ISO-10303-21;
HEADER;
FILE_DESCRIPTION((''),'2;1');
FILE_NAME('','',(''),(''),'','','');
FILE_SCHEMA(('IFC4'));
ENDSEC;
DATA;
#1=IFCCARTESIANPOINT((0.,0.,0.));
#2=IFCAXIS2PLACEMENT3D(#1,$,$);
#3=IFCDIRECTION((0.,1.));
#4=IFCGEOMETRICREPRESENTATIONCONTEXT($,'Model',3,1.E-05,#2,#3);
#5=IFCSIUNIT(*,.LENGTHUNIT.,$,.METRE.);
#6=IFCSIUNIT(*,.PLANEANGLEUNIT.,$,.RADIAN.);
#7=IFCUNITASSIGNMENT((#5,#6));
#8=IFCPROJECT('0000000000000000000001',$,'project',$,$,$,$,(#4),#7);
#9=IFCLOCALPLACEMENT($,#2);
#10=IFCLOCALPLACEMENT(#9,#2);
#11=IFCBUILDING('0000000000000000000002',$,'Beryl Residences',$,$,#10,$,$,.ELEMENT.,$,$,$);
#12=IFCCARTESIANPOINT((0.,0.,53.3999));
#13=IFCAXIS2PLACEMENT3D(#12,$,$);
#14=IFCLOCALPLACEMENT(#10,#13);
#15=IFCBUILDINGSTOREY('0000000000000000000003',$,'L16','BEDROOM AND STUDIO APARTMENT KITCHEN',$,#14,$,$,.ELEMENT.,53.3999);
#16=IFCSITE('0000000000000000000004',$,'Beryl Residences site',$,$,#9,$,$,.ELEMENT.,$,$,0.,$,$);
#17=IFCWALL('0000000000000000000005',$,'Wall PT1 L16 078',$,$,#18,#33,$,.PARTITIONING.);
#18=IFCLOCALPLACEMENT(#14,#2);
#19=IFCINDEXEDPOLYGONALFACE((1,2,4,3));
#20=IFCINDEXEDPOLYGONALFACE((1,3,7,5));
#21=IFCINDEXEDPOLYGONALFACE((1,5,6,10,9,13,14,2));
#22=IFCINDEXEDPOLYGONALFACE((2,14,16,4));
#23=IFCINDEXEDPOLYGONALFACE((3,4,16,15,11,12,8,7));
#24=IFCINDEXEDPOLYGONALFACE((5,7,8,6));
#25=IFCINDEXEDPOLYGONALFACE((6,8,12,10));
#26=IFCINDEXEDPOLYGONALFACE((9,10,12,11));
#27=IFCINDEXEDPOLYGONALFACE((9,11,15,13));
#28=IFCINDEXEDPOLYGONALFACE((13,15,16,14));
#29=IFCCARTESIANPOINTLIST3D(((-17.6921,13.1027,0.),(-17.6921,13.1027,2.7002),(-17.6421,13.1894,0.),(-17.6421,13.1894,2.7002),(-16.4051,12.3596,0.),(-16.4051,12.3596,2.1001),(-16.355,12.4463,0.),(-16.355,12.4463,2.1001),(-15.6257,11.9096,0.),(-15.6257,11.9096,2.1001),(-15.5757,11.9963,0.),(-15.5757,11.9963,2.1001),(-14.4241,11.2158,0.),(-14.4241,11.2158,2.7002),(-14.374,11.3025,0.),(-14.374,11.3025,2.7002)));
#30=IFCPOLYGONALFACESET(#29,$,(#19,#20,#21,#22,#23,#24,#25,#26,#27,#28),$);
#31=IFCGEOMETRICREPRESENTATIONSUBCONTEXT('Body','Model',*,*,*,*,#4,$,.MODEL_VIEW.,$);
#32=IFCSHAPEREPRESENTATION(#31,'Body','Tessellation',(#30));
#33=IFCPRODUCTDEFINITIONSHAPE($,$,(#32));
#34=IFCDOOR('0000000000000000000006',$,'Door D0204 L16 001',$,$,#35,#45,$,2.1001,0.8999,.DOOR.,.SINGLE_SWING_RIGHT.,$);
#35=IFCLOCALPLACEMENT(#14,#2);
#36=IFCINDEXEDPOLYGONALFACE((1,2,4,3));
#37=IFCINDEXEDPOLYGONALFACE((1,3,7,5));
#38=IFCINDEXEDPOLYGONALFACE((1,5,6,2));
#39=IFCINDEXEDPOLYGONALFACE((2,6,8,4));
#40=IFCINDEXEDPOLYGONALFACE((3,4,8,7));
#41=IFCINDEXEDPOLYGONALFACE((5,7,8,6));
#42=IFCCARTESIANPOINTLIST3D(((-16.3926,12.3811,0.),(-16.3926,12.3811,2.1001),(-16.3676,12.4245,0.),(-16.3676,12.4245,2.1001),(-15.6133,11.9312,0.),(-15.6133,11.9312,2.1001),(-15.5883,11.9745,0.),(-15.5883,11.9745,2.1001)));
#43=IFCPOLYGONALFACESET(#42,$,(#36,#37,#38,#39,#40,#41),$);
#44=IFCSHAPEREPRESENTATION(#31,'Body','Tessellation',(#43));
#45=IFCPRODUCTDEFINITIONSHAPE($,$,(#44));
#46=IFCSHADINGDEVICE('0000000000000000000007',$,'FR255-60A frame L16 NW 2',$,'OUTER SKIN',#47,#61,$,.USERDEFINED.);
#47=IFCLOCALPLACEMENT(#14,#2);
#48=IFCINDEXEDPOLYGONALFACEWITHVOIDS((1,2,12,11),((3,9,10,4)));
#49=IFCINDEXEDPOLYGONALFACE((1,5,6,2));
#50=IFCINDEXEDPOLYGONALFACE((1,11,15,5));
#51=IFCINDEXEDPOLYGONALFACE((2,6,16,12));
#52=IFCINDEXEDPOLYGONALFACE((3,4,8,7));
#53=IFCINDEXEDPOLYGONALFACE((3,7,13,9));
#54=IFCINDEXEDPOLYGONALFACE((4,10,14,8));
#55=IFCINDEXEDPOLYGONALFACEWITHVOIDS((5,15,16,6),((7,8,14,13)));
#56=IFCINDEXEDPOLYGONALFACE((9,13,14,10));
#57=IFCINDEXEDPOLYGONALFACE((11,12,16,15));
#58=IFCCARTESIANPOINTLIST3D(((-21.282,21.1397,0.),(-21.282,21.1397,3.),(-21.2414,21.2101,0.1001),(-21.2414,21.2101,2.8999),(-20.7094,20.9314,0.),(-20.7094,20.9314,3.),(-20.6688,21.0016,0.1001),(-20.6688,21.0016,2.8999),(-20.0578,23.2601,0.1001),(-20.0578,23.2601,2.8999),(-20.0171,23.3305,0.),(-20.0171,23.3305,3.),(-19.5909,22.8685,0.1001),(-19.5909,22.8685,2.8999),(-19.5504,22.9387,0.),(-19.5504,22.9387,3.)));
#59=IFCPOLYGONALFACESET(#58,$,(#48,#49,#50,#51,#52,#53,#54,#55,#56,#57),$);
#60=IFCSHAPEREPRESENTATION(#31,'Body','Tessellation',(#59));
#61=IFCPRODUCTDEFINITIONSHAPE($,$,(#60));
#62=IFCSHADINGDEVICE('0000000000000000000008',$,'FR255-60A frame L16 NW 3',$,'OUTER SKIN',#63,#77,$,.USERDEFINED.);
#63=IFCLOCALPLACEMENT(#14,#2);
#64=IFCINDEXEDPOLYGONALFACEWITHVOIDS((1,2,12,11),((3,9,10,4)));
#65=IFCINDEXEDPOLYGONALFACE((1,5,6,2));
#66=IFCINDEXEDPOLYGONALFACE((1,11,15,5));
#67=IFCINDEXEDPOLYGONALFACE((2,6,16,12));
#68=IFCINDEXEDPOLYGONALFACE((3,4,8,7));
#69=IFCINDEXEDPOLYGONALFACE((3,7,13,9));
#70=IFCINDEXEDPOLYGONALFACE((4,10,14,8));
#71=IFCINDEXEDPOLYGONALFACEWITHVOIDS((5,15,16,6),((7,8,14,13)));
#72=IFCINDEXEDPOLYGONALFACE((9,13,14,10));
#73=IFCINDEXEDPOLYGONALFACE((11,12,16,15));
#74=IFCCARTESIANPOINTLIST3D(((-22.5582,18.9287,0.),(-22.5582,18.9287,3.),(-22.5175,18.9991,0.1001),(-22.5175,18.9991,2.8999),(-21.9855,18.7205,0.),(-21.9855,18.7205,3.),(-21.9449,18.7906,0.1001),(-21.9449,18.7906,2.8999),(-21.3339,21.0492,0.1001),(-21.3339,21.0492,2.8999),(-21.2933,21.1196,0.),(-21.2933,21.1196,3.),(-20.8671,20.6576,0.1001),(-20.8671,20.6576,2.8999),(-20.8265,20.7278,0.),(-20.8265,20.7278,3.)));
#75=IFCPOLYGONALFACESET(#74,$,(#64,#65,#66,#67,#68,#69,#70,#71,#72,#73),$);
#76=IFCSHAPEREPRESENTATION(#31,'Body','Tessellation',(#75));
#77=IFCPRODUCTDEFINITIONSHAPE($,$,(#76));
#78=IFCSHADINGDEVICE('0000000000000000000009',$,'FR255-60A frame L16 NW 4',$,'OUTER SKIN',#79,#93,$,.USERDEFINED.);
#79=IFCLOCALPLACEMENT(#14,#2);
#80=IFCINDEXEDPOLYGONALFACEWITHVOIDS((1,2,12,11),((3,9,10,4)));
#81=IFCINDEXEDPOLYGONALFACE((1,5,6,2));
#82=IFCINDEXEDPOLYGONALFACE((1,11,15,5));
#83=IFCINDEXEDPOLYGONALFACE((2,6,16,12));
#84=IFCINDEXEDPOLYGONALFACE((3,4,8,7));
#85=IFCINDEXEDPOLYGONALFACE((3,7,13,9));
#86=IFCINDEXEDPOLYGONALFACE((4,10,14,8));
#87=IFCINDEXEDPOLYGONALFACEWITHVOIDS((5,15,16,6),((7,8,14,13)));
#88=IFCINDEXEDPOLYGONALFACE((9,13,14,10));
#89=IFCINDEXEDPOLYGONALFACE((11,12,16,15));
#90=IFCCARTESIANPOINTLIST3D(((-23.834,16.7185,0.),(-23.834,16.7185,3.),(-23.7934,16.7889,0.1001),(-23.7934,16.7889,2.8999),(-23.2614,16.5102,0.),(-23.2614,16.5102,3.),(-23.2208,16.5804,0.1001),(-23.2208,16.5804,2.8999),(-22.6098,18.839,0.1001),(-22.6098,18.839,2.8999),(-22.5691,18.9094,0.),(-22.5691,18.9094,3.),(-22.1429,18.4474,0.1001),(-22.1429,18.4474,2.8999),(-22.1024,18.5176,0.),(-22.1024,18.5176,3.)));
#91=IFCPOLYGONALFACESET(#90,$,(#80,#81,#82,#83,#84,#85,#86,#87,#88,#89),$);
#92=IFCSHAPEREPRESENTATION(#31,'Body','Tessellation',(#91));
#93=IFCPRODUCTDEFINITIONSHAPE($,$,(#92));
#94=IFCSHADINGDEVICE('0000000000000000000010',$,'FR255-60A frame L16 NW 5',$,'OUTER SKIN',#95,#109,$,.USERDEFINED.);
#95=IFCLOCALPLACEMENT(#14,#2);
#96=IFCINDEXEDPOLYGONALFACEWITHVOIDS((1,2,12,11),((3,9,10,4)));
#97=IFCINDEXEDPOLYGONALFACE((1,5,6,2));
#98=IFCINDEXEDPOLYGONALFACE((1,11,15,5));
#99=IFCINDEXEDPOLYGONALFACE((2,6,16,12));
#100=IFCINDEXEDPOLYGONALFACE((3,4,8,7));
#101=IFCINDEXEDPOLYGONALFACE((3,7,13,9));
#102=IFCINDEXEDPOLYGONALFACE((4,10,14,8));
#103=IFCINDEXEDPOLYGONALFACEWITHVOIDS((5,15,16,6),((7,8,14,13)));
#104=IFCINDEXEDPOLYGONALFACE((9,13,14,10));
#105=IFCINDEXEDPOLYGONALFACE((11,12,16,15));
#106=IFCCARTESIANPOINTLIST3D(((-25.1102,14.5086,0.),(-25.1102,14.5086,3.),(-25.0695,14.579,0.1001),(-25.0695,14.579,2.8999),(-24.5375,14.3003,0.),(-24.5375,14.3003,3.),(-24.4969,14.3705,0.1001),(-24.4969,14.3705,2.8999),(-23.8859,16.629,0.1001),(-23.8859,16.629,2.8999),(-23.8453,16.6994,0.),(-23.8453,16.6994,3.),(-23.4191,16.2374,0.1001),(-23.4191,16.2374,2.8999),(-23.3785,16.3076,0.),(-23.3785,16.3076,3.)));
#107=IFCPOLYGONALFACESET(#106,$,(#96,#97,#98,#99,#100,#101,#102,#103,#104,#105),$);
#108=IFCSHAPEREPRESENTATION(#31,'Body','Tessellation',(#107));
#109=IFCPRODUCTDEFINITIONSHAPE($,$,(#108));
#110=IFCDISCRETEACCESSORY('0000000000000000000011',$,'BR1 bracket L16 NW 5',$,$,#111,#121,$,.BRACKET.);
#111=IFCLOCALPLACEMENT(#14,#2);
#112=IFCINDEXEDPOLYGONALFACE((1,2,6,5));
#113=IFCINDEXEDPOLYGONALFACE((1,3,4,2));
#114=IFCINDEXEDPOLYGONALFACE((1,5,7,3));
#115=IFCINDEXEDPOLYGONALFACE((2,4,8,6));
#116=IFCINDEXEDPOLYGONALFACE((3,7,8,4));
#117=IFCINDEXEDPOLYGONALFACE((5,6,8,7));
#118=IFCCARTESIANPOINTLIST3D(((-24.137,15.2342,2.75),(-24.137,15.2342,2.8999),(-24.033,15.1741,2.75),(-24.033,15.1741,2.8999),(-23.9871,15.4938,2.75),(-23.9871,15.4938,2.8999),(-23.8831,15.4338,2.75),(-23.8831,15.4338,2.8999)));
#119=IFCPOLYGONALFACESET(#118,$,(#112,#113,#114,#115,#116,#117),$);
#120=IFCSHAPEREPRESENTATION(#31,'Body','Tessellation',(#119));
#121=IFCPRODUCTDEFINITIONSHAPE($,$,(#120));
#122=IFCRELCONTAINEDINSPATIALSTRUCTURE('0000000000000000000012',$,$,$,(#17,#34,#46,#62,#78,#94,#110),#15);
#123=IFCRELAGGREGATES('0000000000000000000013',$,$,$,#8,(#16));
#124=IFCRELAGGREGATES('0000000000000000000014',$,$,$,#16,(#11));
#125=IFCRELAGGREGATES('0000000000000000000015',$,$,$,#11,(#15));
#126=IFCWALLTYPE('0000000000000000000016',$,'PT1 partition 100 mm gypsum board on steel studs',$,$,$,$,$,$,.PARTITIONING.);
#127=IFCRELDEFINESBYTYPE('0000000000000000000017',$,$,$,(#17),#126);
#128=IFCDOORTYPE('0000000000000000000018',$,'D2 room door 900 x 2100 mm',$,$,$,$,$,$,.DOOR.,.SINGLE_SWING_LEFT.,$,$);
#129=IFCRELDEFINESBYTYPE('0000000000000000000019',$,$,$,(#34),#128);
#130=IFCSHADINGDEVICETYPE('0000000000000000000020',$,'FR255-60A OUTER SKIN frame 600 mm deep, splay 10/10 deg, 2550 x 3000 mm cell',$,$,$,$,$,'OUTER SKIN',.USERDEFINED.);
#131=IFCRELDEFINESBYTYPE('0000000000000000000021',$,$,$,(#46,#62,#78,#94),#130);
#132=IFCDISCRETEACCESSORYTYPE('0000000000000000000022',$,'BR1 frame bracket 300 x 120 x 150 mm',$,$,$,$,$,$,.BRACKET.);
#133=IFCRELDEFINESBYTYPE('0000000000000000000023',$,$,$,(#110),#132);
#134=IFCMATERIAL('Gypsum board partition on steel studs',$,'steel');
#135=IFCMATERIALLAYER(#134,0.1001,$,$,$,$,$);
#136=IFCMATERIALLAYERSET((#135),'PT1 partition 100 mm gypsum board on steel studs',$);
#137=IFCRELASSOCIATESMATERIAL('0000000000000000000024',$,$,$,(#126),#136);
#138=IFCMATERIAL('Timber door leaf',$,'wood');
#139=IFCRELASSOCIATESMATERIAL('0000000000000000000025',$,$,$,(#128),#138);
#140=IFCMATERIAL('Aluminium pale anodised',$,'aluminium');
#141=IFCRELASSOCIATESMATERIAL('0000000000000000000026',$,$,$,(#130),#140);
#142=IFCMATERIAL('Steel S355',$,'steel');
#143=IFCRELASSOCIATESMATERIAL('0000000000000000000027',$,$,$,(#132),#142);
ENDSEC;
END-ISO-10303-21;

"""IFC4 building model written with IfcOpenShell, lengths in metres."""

from ifc_helpers import new_model, entity, si_unit, direction, frame, frame_2d, origin, place, context, subcontext, project, spatial, polyline, rectangle, outline, extrude, source, transform, mapped, material, layer, layer_set, type_object, type_shapes, element, fill, save


model = new_model("IFC4")

# Units and contexts
model_context = context("Model", 3, precision=1e-05, world=origin(), true_north=direction((0.0, 1.0)))
body_context = subcontext(model_context, "Body", "Model", "MODEL_VIEW")
ifc_project = project(units=[si_unit("LENGTHUNIT", "METRE"), si_unit("PLANEANGLEUNIT", "RADIAN")], contexts=[model_context])

# Site, building, storey
site_placement = place(None, origin())
site = spatial("IfcSite", under=ifc_project, at=site_placement, Name="Beryl Residences site", CompositionType="ELEMENT", RefElevation=0.0)
building_placement = place(site_placement, origin())
building = spatial("IfcBuilding", under=site, at=building_placement, Name="Beryl Residences", CompositionType="ELEMENT")
storey_placement = place(building_placement, frame((0.0, 0.0, 53.3999)))
storey = spatial("IfcBuildingStorey", under=building, at=storey_placement, Name="L16", Description="BEDROOM AND STUDIO APARTMENT KITCHEN", CompositionType="ELEMENT", Elevation=53.3999)

# Wall, opening, door
ifc_material_1 = material(Name="Gypsum board partition on steel studs", Category="steel")
ifc_layer = layer(ifc_material_1, 0.1001)
ifc_layer_set = layer_set([ifc_layer], Name="PT1 partition 100 mm gypsum board on steel studs")
wall_type = type_object("IfcWallType", Name="PT1 partition 100 mm gypsum board on steel studs", PredefinedType="PARTITIONING", material=ifc_layer_set)
ifc_material_2 = material(Name="Timber door leaf", Category="wood")
door_type_1 = type_object("IfcDoorType", Name="D2 room door 900 x 2100 mm", OperationType="SINGLE_SWING_LEFT", PredefinedType="DOOR", material=ifc_material_2)
wall_1_placement = place(storey_placement, frame((-17.667, 13.146, 0.0), z_axis=(0.0, 0.0, 1.0), x_axis=(0.866009, -0.500029, 0.0)))
wall_1 = element("IfcWall", 1, at=wall_1_placement, inside=storey, type_object=wall_type, Name="Wall PT1 L16 078", PredefinedType="PARTITIONING", context=body_context, shape_type="SweptSolid", body=[
    extrude(rectangle(XDim=3.7737, YDim=0.1001, at=frame_2d((1.8867, 0.0))), origin(), (0.0, 0.0, 1.0), 2.7002),
])
opening_1_placement = place(wall_1_placement, frame((1.4861, 0.0, 0.0)))
opening_1 = element("IfcOpeningElement", 2, at=opening_1_placement, cuts=wall_1, PredefinedType="OPENING", context=body_context, shape_type="SweptSolid", body=[
    extrude(rectangle(XDim=0.8999, YDim=2.1001, at=frame_2d((0.45, 1.05))), frame((0.0, 0.0601, 0.0), z_axis=(0.0, -1.0, 0.0), x_axis=(1.0, 0.0, 0.0)), (0.0, 0.0, 1.0), 0.1201),
])
door_1_placement = place(opening_1_placement, origin())
door_1 = element("IfcDoor", 3, at=door_1_placement, inside=storey, type_object=door_type_1, Name="Door D0204 L16 001", OperationType="SINGLE_SWING_RIGHT", OverallHeight=2.1001, OverallWidth=0.8999, PredefinedType="DOOR", context=body_context, shape_type="SweptSolid", body=[
    extrude(rectangle(XDim=0.8999, YDim=2.1001, at=frame_2d((0.45, 1.05))), frame((0.0, 0.0249, 0.0), z_axis=(0.0, -1.0, 0.0), x_axis=(1.0, 0.0, 0.0)), (0.0, 0.0, 1.0), 0.05),
])
fill(opening_1, door_1)

# Shading devices
ifc_material_3 = material(Name="Aluminium pale anodised", Category="aluminium")
shading_device_type = type_object("IfcShadingDeviceType", Name="FR255-60A OUTER SKIN frame 600 mm deep, splay 10/10 deg, 2550 x 3000 mm cell", ElementType="OUTER SKIN", PredefinedType="USERDEFINED", material=ifc_material_3)
cartesian_point_1 = entity("IfcCartesianPoint", [-1.1589, 0.0])
cartesian_point_2 = entity("IfcCartesianPoint", [-1.0779, 0.1001])
cartesian_point_3 = entity("IfcCartesianPoint", [-1.2649, 0.0])
cartesian_point_4 = entity("IfcCartesianPoint", [-1.1836, 0.1001])
shared_shape_1 = source(origin(), body_context, "Body", "SweptSolid", [
    entity("IfcExtrudedAreaSolidTapered", entity("IfcArbitraryProfileDefWithVoids", "AREA", None, entity("IfcPolyline", [cartesian_point_1, entity("IfcCartesianPoint", [1.1589, 0.0]), entity("IfcCartesianPoint", [1.1589, 3.0]), entity("IfcCartesianPoint", [-1.1589, 3.0]), cartesian_point_1]), [entity("IfcPolyline", [cartesian_point_2, entity("IfcCartesianPoint", [1.0779, 0.1001]), entity("IfcCartesianPoint", [1.0779, 2.8999]), entity("IfcCartesianPoint", [-1.0779, 2.8999]), cartesian_point_2])]), entity("IfcAxis2Placement3D", entity("IfcCartesianPoint", [0.0, 0.0, 0.0]), entity("IfcDirection", [0.0, 1.0, 0.0]), entity("IfcDirection", [-1.0, 0.0, 0.0])), entity("IfcDirection", [0.0, 0.0, 1.0]), 0.6001, entity("IfcArbitraryProfileDefWithVoids", "AREA", None, entity("IfcPolyline", [cartesian_point_3, entity("IfcCartesianPoint", [1.2649, 0.0]), entity("IfcCartesianPoint", [1.2649, 3.0]), entity("IfcCartesianPoint", [-1.2649, 3.0]), cartesian_point_3]), [entity("IfcPolyline", [cartesian_point_4, entity("IfcCartesianPoint", [1.1836, 0.1001]), entity("IfcCartesianPoint", [1.1836, 2.8999]), entity("IfcCartesianPoint", [-1.1836, 2.8999]), cartesian_point_4])])),
])
type_shapes(shading_device_type, [shared_shape_1])
for number, where, z_axis, x_axis, name in (
    (4, (-20.1299, 21.9351, 0.0), (0.0, 0.0, 1.0), (0.5, 0.866025, 0.0), "FR255-60A frame L16 NW 2"),
    (5, (-21.406, 19.7241, 0.0), (0.0, 0.0, 1.0), (0.5, 0.866025, 0.0), "FR255-60A frame L16 NW 3"),
    (6, (-22.6819, 17.5139, 0.0), (0.0, 0.0, 1.0), (0.5, 0.866025, 0.0), "FR255-60A frame L16 NW 4"),
    (7, (-23.958, 15.304, 0.0), (0.0, 0.0, 1.0), (0.5, 0.866025, 0.0), "FR255-60A frame L16 NW 5"),
):
    element("IfcShadingDevice", number, at=place(storey_placement, frame(where, z_axis=z_axis, x_axis=x_axis)), inside=storey, type_object=shading_device_type, Name=name, ObjectType="OUTER SKIN", PredefinedType="USERDEFINED", context=body_context, shape_type="MappedRepresentation", body=[
        mapped(shared_shape_1, transform((0.0, 0.0, 0.0))),
    ])

# Discrete accessory
ifc_material_4 = material(Name="Steel S355", Category="steel")
discrete_accessory_type = type_object("IfcDiscreteAccessoryType", Name="BR1 frame bracket 300 x 120 x 150 mm", PredefinedType="BRACKET", material=ifc_material_4)
shared_shape_2 = source(origin(), body_context, "Body", "SweptSolid", [
    extrude(outline(polyline([(-0.1499, 0.0), (0.1499, 0.0), (0.1499, 0.1201), (-0.1499, 0.1201), (-0.1499, 0.0)])), origin(), (0.0, 0.0, 1.0), 0.1499),
])
type_shapes(discrete_accessory_type, [shared_shape_2])
discrete_accessory_placement = place(storey_placement, frame((-23.958, 15.304, 2.75), z_axis=(0.0, 0.0, 1.0), x_axis=(0.5, 0.866025, 0.0)))
element("IfcDiscreteAccessory", 8, at=discrete_accessory_placement, inside=storey, type_object=discrete_accessory_type, Name="BR1 bracket L16 NW 5", PredefinedType="BRACKET", context=body_context, shape_type="MappedRepresentation", body=[
    mapped(shared_shape_2, transform((0.0, 0.0, 0.0))),
])

save(model, "model.ifc")
